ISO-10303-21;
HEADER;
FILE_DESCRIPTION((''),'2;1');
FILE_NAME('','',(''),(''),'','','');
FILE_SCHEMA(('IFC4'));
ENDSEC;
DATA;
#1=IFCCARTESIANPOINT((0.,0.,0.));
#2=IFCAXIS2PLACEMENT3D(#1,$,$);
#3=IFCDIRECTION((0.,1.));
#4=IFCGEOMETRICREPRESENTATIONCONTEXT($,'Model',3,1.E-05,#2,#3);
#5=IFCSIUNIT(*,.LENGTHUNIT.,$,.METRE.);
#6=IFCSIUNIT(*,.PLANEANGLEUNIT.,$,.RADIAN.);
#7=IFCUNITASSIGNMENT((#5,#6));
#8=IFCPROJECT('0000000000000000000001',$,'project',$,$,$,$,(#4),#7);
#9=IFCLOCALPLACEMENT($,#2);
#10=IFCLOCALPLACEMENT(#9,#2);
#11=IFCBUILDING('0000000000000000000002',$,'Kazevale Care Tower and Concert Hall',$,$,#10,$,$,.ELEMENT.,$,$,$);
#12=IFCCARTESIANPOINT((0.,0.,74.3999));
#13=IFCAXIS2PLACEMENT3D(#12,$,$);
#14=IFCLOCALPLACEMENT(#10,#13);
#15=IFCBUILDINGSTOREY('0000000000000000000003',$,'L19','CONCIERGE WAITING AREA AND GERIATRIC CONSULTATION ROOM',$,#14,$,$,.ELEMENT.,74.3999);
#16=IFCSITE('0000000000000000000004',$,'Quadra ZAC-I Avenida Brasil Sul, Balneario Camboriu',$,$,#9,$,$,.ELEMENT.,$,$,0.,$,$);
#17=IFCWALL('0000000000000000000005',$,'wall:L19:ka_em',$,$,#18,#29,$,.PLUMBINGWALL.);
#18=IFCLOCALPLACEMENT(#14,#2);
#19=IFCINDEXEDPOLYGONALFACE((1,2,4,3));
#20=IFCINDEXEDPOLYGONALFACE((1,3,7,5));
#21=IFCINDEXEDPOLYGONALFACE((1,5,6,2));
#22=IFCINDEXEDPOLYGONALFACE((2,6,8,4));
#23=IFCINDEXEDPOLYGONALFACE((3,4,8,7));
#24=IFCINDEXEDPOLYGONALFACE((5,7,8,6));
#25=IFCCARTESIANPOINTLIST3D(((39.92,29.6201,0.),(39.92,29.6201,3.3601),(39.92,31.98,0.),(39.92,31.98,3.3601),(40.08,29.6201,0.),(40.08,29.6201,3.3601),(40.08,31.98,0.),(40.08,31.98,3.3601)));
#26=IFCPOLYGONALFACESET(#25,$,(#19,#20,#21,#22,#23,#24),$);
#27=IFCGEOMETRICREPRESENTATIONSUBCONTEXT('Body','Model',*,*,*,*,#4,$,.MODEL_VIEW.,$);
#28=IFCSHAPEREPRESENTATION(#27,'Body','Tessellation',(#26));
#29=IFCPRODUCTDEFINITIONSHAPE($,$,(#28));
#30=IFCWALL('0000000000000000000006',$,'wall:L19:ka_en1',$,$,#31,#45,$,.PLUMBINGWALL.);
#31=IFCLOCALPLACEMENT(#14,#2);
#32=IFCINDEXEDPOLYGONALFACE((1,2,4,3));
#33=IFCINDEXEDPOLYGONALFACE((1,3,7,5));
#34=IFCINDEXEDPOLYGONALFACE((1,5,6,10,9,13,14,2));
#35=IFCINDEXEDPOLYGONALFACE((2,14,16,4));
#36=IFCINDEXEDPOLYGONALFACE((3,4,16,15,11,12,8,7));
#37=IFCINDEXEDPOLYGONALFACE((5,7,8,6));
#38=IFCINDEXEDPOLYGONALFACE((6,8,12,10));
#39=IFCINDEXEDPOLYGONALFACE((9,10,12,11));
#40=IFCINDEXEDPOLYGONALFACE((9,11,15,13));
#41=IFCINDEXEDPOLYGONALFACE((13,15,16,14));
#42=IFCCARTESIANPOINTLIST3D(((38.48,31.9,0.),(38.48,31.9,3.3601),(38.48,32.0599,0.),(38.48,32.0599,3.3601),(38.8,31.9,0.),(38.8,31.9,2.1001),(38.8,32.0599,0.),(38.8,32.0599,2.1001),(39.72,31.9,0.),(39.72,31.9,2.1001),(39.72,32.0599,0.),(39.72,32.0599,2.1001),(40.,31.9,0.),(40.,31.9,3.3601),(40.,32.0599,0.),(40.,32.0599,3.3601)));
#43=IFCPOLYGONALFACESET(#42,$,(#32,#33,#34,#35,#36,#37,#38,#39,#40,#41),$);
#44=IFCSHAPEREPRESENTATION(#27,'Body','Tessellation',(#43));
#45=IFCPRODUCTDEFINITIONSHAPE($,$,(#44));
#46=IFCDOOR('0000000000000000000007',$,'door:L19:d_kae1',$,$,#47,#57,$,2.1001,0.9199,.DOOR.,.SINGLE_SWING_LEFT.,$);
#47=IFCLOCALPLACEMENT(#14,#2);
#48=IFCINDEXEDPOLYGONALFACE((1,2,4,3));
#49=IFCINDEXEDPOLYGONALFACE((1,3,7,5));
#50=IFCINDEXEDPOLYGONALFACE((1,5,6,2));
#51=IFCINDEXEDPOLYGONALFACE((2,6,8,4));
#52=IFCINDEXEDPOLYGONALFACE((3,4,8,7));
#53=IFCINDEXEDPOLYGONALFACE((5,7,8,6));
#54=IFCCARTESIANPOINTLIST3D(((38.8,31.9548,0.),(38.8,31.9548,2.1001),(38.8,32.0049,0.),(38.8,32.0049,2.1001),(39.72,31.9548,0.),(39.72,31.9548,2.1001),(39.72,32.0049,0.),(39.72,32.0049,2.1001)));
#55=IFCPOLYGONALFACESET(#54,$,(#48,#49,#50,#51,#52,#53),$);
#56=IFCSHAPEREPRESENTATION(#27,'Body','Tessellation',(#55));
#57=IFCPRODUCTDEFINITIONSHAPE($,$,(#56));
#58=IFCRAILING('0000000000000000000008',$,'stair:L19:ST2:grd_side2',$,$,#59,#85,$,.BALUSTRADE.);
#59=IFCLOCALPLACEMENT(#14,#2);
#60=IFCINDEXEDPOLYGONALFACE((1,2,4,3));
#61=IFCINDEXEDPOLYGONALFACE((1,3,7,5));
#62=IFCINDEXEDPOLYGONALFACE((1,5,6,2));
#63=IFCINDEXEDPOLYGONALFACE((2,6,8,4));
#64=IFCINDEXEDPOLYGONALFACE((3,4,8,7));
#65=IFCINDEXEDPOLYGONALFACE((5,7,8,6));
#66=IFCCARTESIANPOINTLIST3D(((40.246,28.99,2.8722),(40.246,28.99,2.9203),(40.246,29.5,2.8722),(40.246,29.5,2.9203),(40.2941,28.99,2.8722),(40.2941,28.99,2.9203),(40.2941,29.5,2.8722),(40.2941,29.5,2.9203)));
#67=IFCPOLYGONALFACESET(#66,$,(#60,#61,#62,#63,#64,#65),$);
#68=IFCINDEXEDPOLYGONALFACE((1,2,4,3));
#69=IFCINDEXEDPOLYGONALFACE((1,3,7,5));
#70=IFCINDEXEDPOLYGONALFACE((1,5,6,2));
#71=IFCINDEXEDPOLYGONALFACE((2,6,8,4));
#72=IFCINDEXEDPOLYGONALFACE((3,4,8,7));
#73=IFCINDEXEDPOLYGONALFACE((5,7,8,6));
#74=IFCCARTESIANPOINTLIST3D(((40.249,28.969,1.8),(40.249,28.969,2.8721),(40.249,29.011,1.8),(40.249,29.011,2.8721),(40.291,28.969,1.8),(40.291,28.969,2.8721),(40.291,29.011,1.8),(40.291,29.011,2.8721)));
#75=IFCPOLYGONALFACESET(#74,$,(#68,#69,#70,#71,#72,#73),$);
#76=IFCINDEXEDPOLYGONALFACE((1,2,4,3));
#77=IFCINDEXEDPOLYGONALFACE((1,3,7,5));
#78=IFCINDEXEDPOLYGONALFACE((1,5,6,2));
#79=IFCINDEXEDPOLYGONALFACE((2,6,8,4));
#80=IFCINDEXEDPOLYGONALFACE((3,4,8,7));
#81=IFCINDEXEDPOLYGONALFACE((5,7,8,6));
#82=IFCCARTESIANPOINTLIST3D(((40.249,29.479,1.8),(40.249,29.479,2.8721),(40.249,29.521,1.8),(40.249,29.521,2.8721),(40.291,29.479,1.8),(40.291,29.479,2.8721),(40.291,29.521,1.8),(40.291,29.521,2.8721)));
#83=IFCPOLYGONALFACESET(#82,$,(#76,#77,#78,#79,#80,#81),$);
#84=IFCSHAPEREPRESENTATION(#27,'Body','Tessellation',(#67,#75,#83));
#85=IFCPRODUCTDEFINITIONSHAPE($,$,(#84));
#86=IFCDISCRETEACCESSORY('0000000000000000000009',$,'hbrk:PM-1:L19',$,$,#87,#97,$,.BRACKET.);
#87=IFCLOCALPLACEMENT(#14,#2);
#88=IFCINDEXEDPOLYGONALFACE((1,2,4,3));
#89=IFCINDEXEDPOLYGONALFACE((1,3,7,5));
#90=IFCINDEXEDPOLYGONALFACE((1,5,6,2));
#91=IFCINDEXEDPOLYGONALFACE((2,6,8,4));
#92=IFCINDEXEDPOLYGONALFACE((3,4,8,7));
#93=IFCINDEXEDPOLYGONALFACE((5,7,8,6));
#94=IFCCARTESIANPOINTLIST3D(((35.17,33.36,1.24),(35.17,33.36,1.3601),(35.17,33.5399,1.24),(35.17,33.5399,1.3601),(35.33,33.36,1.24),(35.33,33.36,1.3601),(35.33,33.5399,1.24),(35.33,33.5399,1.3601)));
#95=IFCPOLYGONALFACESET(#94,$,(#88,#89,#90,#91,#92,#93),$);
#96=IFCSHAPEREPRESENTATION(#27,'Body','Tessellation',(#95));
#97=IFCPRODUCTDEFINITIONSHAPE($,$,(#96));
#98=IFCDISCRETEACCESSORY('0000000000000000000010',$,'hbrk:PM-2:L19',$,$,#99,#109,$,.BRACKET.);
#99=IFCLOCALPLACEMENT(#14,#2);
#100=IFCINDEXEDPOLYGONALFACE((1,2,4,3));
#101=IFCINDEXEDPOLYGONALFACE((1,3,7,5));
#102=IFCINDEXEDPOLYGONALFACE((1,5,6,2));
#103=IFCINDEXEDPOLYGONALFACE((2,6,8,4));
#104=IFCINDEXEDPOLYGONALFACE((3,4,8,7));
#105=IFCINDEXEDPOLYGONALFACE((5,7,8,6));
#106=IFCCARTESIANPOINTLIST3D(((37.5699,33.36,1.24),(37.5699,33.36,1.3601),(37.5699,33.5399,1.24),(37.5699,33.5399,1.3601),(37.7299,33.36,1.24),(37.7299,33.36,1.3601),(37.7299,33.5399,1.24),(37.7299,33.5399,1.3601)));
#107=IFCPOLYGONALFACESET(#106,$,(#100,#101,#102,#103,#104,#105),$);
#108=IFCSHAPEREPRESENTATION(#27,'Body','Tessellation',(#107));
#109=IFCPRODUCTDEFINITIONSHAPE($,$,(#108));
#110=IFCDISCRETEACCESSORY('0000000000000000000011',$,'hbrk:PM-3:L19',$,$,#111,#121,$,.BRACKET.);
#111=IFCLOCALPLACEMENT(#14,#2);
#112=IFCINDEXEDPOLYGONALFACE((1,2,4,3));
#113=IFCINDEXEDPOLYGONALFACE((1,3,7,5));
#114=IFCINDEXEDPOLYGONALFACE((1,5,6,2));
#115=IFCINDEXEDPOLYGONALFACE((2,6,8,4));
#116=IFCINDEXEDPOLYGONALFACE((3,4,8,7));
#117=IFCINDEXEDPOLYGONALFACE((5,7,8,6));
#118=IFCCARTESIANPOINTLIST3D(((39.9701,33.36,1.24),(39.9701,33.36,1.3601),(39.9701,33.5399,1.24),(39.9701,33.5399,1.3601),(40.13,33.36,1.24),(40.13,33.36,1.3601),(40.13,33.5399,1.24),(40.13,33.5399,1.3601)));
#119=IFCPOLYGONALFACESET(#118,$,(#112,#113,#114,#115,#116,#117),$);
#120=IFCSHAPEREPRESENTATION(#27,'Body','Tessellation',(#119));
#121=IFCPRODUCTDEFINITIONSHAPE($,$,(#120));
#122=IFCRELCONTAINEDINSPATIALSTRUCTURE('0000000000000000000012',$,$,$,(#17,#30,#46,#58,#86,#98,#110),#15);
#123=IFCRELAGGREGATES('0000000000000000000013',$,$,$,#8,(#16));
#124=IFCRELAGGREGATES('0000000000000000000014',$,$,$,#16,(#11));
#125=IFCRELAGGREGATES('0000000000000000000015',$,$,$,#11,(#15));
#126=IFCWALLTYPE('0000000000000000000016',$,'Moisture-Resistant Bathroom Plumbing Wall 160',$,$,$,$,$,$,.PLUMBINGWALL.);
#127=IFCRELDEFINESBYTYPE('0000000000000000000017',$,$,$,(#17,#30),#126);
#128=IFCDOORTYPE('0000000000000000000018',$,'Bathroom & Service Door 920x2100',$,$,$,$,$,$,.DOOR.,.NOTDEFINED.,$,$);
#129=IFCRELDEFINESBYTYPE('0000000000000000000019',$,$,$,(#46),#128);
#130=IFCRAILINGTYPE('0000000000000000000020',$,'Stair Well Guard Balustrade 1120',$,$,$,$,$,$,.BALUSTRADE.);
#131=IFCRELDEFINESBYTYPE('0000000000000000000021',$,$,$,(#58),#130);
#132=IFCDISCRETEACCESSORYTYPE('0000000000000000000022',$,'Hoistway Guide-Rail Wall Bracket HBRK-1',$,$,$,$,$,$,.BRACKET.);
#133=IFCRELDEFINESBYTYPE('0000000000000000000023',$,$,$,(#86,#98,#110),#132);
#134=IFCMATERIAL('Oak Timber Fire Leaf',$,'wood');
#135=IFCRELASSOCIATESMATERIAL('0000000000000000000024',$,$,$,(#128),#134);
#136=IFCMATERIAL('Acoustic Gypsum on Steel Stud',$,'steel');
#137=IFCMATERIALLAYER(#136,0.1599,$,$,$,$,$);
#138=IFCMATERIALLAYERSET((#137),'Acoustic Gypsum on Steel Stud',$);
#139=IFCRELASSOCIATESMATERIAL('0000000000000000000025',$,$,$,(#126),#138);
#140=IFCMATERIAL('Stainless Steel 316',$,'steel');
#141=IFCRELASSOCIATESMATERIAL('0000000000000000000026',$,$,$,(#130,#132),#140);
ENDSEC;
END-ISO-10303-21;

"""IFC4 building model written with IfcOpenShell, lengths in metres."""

from ifc_helpers import new_model, si_unit, direction, frame, frame_2d, origin, origin_2d, place, context, subcontext, project, spatial, rectangle, extrude, material, layer, layer_set, type_object, element, fill, save


model = new_model("IFC4")

# Units and contexts
model_context = context("Model", 3, precision=1e-05, world=origin(), true_north=direction((0.0, 1.0)))
body_context = subcontext(model_context, "Body", "Model", "MODEL_VIEW")
ifc_project = project(units=[si_unit("LENGTHUNIT", "METRE"), si_unit("PLANEANGLEUNIT", "RADIAN")], contexts=[model_context])

# Site, building, storey
site_placement = place(None, origin())
site = spatial("IfcSite", under=ifc_project, at=site_placement, Name="Quadra ZAC-I Avenida Brasil Sul, Balneario Camboriu", CompositionType="ELEMENT", RefElevation=0.0)
building_placement = place(site_placement, origin())
building = spatial("IfcBuilding", under=site, at=building_placement, Name="Kazevale Care Tower and Concert Hall", CompositionType="ELEMENT")
storey_placement = place(building_placement, frame((0.0, 0.0, 74.3999)))
storey = spatial("IfcBuildingStorey", under=building, at=storey_placement, Name="L19", Description="CONCIERGE WAITING AREA AND GERIATRIC CONSULTATION ROOM", CompositionType="ELEMENT", Elevation=74.3999)

# Shared definitions
ifc_material_1 = material(Name="Acoustic Gypsum on Steel Stud", Category="steel")

# Shared definitions
ifc_material_2 = material(Name="Oak Timber Fire Leaf", Category="wood")
door_type = type_object("IfcDoorType", Name="Bathroom & Service Door 920x2100", OperationType="NOTDEFINED", PredefinedType="DOOR", material=ifc_material_2)

# Wall
ifc_layer_1 = layer(ifc_material_1, 0.1599)
ifc_layer_set_1 = layer_set([ifc_layer_1], Name="Acoustic Gypsum on Steel Stud")
wall_type_1 = type_object("IfcWallType", Name="Moisture-Resistant Bathroom Plumbing Wall 160", PredefinedType="PLUMBINGWALL", material=ifc_layer_set_1)
for number, where, z_axis, x_axis, name in (
    (1, (40.0, 29.6201, 0.0), (0.0, 0.0, 1.0), (0.0, 1.0, 0.0), "wall:L19:ka_em"),
):
    element("IfcWall", number, at=place(storey_placement, frame(where, z_axis=z_axis, x_axis=x_axis)), inside=storey, type_object=wall_type_1, Name=name, PredefinedType="PLUMBINGWALL", context=body_context, shape_type="SweptSolid", body=[
        extrude(rectangle(XDim=2.3599, YDim=0.1599, at=frame_2d((1.1799, 0.0))), origin(), (0.0, 0.0, 1.0), 3.3601),
    ])

# Wall, opening, door
wall_1_placement = place(storey_placement, frame((38.48, 31.98, 0.0), z_axis=(0.0, 0.0, 1.0), x_axis=(1.0, 0.0, 0.0)))
wall_1 = element("IfcWall", 2, at=wall_1_placement, inside=storey, type_object=wall_type_1, Name="wall:L19:ka_en1", PredefinedType="PLUMBINGWALL", context=body_context, shape_type="SweptSolid", body=[
    extrude(rectangle(XDim=1.52, YDim=0.1599, at=frame_2d((0.76, 0.0))), origin(), (0.0, 0.0, 1.0), 3.3601),
])
opening_1_placement = place(wall_1_placement, frame((0.3201, 0.0, 0.0)))
opening_1 = element("IfcOpeningElement", 3, at=opening_1_placement, cuts=wall_1, PredefinedType="OPENING", context=body_context, shape_type="SweptSolid", body=[
    extrude(rectangle(XDim=0.9199, YDim=2.1001, at=frame_2d((0.46, 1.05))), frame((0.0, 0.0898, 0.0), z_axis=(0.0, -1.0, 0.0), x_axis=(1.0, 0.0, 0.0)), (0.0, 0.0, 1.0), 0.1799),
])
door_1_placement = place(opening_1_placement, origin())
door_1 = element("IfcDoor", 4, at=door_1_placement, inside=storey, type_object=door_type, Name="door:L19:d_kae1", OperationType="SINGLE_SWING_LEFT", OverallHeight=2.1001, OverallWidth=0.9199, PredefinedType="DOOR", context=body_context, shape_type="SweptSolid", body=[
    extrude(rectangle(XDim=0.9199, YDim=2.1001, at=frame_2d((0.46, 1.05))), frame((0.0, 0.0249, 0.0), z_axis=(0.0, -1.0, 0.0), x_axis=(1.0, 0.0, 0.0)), (0.0, 0.0, 1.0), 0.05),
])
fill(opening_1, door_1)

# Railing
ifc_material_3 = material(Name="Stainless Steel 316", Category="steel")
railing_type = type_object("IfcRailingType", Name="Stair Well Guard Balustrade 1120", PredefinedType="BALUSTRADE", material=ifc_material_3)
railing_placement = place(storey_placement, frame((40.27, 28.99, 1.8)))
element("IfcRailing", 5, at=railing_placement, inside=storey, type_object=railing_type, Name="stair:L19:ST2:grd_side2", PredefinedType="BALUSTRADE", context=body_context, shape_type="SweptSolid", body=[
    extrude(rectangle(XDim=0.0481, YDim=0.0481, at=origin_2d()), frame((0.0, 0.0, 1.0962), z_axis=(0.0, 1.0, 0.0), x_axis=(-1.0, 0.0, 0.0)), (0.0, 0.0, 1.0), 0.51),
    extrude(rectangle(XDim=0.042, YDim=0.042, at=origin_2d()), origin(), (0.0, 0.0, 1.0), 1.072),
    extrude(rectangle(XDim=0.042, YDim=0.042, at=origin_2d()), frame((0.0, 0.51, 0.0)), (0.0, 0.0, 1.0), 1.072),
])

# Discrete accessories
discrete_accessory_type = type_object("IfcDiscreteAccessoryType", Name="Hoistway Guide-Rail Wall Bracket HBRK-1", PredefinedType="BRACKET", material=ifc_material_3)
for number, where, z_axis, x_axis, name in (
    (6, (35.25, 33.45, 1.24), (0.0, 0.0, 1.0), (1.0, 0.0, 0.0), "hbrk:PM-1:L19"),
    (7, (37.6499, 33.45, 1.24), (0.0, 0.0, 1.0), (1.0, 0.0, 0.0), "hbrk:PM-2:L19"),
    (8, (40.05, 33.45, 1.24), (0.0, 0.0, 1.0), (1.0, 0.0, 0.0), "hbrk:PM-3:L19"),
):
    element("IfcDiscreteAccessory", number, at=place(storey_placement, frame(where, z_axis=z_axis, x_axis=x_axis)), inside=storey, type_object=discrete_accessory_type, Name=name, PredefinedType="BRACKET", context=body_context, shape_type="SweptSolid", body=[
        extrude(rectangle(XDim=0.1599, YDim=0.1799, at=origin_2d()), origin(), (0.0, 0.0, 1.0), 0.1201),
    ])

save(model, "model.ifc")
